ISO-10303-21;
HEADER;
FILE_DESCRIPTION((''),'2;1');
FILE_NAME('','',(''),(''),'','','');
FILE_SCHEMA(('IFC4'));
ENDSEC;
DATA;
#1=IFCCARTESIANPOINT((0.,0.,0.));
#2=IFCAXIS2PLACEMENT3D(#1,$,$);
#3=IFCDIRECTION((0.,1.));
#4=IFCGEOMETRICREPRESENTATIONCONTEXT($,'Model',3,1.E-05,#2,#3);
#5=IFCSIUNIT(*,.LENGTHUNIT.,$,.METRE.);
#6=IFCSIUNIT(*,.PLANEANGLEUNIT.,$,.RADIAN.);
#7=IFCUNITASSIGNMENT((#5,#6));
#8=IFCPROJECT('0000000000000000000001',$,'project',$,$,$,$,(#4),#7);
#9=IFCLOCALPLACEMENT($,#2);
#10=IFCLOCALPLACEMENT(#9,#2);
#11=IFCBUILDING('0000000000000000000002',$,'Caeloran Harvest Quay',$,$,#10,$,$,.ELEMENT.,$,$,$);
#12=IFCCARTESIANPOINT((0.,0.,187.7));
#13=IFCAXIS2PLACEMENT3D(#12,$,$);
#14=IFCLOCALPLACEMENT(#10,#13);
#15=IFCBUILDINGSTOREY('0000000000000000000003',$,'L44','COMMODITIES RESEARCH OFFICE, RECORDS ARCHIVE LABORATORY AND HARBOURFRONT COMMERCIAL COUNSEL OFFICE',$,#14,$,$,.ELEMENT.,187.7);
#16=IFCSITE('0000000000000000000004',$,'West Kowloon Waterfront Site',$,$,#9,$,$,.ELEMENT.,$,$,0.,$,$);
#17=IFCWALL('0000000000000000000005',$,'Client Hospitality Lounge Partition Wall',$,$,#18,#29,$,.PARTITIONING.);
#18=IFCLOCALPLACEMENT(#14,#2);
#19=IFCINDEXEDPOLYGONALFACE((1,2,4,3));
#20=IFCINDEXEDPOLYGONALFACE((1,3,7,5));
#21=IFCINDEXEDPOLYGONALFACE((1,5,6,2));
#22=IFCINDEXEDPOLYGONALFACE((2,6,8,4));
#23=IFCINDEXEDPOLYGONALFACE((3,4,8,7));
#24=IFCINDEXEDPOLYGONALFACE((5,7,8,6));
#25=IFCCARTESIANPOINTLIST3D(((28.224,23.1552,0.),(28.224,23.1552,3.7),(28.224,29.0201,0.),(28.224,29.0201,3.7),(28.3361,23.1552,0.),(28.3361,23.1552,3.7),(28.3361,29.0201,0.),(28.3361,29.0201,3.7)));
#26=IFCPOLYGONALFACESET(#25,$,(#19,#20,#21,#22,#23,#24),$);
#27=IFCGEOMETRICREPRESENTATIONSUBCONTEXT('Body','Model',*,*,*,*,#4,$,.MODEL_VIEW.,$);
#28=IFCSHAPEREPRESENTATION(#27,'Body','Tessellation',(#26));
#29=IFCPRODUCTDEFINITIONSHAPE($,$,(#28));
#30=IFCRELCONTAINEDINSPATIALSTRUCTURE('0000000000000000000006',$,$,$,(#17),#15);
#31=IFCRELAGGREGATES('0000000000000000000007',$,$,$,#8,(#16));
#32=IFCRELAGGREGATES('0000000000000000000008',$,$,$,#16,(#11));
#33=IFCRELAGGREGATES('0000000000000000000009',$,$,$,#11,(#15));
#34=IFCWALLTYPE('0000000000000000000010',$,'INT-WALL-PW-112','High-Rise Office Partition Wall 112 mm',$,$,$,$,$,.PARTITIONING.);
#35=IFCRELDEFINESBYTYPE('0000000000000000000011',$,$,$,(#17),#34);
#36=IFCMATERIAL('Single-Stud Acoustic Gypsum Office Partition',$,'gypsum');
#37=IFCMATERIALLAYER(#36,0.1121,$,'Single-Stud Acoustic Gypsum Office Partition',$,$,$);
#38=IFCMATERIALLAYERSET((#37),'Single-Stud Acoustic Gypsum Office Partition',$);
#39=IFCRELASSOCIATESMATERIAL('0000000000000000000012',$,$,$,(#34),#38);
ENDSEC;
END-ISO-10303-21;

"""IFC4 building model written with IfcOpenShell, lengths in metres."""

from ifc_helpers import new_model, si_unit, direction, frame, frame_2d, origin, place, context, subcontext, project, spatial, rectangle, extrude, material, layer, layer_set, type_object, element, save


model = new_model("IFC4")

# Units and contexts
model_context = context("Model", 3, precision=1e-05, world=origin(), true_north=direction((0.0, 1.0)))
body_context = subcontext(model_context, "Body", "Model", "MODEL_VIEW")
ifc_project = project(units=[si_unit("LENGTHUNIT", "METRE"), si_unit("PLANEANGLEUNIT", "RADIAN")], contexts=[model_context])

# Site, building, storey
site_placement = place(None, origin())
site = spatial("IfcSite", under=ifc_project, at=site_placement, Name="West Kowloon Waterfront Site", CompositionType="ELEMENT", RefElevation=0.0)
building_placement = place(site_placement, origin())
building = spatial("IfcBuilding", under=site, at=building_placement, Name="Caeloran Harvest Quay", CompositionType="ELEMENT")
storey_placement = place(building_placement, frame((0.0, 0.0, 187.7)))
storey = spatial("IfcBuildingStorey", under=building, at=storey_placement, Name="L44", Description="COMMODITIES RESEARCH OFFICE, RECORDS ARCHIVE LABORATORY AND HARBOURFRONT COMMERCIAL COUNSEL OFFICE", CompositionType="ELEMENT", Elevation=187.7)

# Wall
ifc_material_1 = material(Name="Single-Stud Acoustic Gypsum Office Partition", Category="gypsum")
ifc_layer = layer(ifc_material_1, 0.1121, Name="Single-Stud Acoustic Gypsum Office Partition")
ifc_layer_set = layer_set([ifc_layer], Name="Single-Stud Acoustic Gypsum Office Partition")
wall_type = type_object("IfcWallType", Name="INT-WALL-PW-112", Description="High-Rise Office Partition Wall 112 mm", PredefinedType="PARTITIONING", material=ifc_layer_set)
wall_placement = place(storey_placement, frame((28.28, 23.155, 0.0), z_axis=(0.0, 0.0, 1.0), x_axis=(0.0, 1.0, 0.0)))
element("IfcWall", 1, at=wall_placement, inside=storey, type_object=wall_type, Name="Client Hospitality Lounge Partition Wall", PredefinedType="PARTITIONING", context=body_context, shape_type="SweptSolid", body=[
    extrude(rectangle(XDim=5.865, YDim=0.1121, at=frame_2d((2.9326, 0.0))), origin(), (0.0, 0.0, 1.0), 3.7),
])

save(model, "model.ifc")
